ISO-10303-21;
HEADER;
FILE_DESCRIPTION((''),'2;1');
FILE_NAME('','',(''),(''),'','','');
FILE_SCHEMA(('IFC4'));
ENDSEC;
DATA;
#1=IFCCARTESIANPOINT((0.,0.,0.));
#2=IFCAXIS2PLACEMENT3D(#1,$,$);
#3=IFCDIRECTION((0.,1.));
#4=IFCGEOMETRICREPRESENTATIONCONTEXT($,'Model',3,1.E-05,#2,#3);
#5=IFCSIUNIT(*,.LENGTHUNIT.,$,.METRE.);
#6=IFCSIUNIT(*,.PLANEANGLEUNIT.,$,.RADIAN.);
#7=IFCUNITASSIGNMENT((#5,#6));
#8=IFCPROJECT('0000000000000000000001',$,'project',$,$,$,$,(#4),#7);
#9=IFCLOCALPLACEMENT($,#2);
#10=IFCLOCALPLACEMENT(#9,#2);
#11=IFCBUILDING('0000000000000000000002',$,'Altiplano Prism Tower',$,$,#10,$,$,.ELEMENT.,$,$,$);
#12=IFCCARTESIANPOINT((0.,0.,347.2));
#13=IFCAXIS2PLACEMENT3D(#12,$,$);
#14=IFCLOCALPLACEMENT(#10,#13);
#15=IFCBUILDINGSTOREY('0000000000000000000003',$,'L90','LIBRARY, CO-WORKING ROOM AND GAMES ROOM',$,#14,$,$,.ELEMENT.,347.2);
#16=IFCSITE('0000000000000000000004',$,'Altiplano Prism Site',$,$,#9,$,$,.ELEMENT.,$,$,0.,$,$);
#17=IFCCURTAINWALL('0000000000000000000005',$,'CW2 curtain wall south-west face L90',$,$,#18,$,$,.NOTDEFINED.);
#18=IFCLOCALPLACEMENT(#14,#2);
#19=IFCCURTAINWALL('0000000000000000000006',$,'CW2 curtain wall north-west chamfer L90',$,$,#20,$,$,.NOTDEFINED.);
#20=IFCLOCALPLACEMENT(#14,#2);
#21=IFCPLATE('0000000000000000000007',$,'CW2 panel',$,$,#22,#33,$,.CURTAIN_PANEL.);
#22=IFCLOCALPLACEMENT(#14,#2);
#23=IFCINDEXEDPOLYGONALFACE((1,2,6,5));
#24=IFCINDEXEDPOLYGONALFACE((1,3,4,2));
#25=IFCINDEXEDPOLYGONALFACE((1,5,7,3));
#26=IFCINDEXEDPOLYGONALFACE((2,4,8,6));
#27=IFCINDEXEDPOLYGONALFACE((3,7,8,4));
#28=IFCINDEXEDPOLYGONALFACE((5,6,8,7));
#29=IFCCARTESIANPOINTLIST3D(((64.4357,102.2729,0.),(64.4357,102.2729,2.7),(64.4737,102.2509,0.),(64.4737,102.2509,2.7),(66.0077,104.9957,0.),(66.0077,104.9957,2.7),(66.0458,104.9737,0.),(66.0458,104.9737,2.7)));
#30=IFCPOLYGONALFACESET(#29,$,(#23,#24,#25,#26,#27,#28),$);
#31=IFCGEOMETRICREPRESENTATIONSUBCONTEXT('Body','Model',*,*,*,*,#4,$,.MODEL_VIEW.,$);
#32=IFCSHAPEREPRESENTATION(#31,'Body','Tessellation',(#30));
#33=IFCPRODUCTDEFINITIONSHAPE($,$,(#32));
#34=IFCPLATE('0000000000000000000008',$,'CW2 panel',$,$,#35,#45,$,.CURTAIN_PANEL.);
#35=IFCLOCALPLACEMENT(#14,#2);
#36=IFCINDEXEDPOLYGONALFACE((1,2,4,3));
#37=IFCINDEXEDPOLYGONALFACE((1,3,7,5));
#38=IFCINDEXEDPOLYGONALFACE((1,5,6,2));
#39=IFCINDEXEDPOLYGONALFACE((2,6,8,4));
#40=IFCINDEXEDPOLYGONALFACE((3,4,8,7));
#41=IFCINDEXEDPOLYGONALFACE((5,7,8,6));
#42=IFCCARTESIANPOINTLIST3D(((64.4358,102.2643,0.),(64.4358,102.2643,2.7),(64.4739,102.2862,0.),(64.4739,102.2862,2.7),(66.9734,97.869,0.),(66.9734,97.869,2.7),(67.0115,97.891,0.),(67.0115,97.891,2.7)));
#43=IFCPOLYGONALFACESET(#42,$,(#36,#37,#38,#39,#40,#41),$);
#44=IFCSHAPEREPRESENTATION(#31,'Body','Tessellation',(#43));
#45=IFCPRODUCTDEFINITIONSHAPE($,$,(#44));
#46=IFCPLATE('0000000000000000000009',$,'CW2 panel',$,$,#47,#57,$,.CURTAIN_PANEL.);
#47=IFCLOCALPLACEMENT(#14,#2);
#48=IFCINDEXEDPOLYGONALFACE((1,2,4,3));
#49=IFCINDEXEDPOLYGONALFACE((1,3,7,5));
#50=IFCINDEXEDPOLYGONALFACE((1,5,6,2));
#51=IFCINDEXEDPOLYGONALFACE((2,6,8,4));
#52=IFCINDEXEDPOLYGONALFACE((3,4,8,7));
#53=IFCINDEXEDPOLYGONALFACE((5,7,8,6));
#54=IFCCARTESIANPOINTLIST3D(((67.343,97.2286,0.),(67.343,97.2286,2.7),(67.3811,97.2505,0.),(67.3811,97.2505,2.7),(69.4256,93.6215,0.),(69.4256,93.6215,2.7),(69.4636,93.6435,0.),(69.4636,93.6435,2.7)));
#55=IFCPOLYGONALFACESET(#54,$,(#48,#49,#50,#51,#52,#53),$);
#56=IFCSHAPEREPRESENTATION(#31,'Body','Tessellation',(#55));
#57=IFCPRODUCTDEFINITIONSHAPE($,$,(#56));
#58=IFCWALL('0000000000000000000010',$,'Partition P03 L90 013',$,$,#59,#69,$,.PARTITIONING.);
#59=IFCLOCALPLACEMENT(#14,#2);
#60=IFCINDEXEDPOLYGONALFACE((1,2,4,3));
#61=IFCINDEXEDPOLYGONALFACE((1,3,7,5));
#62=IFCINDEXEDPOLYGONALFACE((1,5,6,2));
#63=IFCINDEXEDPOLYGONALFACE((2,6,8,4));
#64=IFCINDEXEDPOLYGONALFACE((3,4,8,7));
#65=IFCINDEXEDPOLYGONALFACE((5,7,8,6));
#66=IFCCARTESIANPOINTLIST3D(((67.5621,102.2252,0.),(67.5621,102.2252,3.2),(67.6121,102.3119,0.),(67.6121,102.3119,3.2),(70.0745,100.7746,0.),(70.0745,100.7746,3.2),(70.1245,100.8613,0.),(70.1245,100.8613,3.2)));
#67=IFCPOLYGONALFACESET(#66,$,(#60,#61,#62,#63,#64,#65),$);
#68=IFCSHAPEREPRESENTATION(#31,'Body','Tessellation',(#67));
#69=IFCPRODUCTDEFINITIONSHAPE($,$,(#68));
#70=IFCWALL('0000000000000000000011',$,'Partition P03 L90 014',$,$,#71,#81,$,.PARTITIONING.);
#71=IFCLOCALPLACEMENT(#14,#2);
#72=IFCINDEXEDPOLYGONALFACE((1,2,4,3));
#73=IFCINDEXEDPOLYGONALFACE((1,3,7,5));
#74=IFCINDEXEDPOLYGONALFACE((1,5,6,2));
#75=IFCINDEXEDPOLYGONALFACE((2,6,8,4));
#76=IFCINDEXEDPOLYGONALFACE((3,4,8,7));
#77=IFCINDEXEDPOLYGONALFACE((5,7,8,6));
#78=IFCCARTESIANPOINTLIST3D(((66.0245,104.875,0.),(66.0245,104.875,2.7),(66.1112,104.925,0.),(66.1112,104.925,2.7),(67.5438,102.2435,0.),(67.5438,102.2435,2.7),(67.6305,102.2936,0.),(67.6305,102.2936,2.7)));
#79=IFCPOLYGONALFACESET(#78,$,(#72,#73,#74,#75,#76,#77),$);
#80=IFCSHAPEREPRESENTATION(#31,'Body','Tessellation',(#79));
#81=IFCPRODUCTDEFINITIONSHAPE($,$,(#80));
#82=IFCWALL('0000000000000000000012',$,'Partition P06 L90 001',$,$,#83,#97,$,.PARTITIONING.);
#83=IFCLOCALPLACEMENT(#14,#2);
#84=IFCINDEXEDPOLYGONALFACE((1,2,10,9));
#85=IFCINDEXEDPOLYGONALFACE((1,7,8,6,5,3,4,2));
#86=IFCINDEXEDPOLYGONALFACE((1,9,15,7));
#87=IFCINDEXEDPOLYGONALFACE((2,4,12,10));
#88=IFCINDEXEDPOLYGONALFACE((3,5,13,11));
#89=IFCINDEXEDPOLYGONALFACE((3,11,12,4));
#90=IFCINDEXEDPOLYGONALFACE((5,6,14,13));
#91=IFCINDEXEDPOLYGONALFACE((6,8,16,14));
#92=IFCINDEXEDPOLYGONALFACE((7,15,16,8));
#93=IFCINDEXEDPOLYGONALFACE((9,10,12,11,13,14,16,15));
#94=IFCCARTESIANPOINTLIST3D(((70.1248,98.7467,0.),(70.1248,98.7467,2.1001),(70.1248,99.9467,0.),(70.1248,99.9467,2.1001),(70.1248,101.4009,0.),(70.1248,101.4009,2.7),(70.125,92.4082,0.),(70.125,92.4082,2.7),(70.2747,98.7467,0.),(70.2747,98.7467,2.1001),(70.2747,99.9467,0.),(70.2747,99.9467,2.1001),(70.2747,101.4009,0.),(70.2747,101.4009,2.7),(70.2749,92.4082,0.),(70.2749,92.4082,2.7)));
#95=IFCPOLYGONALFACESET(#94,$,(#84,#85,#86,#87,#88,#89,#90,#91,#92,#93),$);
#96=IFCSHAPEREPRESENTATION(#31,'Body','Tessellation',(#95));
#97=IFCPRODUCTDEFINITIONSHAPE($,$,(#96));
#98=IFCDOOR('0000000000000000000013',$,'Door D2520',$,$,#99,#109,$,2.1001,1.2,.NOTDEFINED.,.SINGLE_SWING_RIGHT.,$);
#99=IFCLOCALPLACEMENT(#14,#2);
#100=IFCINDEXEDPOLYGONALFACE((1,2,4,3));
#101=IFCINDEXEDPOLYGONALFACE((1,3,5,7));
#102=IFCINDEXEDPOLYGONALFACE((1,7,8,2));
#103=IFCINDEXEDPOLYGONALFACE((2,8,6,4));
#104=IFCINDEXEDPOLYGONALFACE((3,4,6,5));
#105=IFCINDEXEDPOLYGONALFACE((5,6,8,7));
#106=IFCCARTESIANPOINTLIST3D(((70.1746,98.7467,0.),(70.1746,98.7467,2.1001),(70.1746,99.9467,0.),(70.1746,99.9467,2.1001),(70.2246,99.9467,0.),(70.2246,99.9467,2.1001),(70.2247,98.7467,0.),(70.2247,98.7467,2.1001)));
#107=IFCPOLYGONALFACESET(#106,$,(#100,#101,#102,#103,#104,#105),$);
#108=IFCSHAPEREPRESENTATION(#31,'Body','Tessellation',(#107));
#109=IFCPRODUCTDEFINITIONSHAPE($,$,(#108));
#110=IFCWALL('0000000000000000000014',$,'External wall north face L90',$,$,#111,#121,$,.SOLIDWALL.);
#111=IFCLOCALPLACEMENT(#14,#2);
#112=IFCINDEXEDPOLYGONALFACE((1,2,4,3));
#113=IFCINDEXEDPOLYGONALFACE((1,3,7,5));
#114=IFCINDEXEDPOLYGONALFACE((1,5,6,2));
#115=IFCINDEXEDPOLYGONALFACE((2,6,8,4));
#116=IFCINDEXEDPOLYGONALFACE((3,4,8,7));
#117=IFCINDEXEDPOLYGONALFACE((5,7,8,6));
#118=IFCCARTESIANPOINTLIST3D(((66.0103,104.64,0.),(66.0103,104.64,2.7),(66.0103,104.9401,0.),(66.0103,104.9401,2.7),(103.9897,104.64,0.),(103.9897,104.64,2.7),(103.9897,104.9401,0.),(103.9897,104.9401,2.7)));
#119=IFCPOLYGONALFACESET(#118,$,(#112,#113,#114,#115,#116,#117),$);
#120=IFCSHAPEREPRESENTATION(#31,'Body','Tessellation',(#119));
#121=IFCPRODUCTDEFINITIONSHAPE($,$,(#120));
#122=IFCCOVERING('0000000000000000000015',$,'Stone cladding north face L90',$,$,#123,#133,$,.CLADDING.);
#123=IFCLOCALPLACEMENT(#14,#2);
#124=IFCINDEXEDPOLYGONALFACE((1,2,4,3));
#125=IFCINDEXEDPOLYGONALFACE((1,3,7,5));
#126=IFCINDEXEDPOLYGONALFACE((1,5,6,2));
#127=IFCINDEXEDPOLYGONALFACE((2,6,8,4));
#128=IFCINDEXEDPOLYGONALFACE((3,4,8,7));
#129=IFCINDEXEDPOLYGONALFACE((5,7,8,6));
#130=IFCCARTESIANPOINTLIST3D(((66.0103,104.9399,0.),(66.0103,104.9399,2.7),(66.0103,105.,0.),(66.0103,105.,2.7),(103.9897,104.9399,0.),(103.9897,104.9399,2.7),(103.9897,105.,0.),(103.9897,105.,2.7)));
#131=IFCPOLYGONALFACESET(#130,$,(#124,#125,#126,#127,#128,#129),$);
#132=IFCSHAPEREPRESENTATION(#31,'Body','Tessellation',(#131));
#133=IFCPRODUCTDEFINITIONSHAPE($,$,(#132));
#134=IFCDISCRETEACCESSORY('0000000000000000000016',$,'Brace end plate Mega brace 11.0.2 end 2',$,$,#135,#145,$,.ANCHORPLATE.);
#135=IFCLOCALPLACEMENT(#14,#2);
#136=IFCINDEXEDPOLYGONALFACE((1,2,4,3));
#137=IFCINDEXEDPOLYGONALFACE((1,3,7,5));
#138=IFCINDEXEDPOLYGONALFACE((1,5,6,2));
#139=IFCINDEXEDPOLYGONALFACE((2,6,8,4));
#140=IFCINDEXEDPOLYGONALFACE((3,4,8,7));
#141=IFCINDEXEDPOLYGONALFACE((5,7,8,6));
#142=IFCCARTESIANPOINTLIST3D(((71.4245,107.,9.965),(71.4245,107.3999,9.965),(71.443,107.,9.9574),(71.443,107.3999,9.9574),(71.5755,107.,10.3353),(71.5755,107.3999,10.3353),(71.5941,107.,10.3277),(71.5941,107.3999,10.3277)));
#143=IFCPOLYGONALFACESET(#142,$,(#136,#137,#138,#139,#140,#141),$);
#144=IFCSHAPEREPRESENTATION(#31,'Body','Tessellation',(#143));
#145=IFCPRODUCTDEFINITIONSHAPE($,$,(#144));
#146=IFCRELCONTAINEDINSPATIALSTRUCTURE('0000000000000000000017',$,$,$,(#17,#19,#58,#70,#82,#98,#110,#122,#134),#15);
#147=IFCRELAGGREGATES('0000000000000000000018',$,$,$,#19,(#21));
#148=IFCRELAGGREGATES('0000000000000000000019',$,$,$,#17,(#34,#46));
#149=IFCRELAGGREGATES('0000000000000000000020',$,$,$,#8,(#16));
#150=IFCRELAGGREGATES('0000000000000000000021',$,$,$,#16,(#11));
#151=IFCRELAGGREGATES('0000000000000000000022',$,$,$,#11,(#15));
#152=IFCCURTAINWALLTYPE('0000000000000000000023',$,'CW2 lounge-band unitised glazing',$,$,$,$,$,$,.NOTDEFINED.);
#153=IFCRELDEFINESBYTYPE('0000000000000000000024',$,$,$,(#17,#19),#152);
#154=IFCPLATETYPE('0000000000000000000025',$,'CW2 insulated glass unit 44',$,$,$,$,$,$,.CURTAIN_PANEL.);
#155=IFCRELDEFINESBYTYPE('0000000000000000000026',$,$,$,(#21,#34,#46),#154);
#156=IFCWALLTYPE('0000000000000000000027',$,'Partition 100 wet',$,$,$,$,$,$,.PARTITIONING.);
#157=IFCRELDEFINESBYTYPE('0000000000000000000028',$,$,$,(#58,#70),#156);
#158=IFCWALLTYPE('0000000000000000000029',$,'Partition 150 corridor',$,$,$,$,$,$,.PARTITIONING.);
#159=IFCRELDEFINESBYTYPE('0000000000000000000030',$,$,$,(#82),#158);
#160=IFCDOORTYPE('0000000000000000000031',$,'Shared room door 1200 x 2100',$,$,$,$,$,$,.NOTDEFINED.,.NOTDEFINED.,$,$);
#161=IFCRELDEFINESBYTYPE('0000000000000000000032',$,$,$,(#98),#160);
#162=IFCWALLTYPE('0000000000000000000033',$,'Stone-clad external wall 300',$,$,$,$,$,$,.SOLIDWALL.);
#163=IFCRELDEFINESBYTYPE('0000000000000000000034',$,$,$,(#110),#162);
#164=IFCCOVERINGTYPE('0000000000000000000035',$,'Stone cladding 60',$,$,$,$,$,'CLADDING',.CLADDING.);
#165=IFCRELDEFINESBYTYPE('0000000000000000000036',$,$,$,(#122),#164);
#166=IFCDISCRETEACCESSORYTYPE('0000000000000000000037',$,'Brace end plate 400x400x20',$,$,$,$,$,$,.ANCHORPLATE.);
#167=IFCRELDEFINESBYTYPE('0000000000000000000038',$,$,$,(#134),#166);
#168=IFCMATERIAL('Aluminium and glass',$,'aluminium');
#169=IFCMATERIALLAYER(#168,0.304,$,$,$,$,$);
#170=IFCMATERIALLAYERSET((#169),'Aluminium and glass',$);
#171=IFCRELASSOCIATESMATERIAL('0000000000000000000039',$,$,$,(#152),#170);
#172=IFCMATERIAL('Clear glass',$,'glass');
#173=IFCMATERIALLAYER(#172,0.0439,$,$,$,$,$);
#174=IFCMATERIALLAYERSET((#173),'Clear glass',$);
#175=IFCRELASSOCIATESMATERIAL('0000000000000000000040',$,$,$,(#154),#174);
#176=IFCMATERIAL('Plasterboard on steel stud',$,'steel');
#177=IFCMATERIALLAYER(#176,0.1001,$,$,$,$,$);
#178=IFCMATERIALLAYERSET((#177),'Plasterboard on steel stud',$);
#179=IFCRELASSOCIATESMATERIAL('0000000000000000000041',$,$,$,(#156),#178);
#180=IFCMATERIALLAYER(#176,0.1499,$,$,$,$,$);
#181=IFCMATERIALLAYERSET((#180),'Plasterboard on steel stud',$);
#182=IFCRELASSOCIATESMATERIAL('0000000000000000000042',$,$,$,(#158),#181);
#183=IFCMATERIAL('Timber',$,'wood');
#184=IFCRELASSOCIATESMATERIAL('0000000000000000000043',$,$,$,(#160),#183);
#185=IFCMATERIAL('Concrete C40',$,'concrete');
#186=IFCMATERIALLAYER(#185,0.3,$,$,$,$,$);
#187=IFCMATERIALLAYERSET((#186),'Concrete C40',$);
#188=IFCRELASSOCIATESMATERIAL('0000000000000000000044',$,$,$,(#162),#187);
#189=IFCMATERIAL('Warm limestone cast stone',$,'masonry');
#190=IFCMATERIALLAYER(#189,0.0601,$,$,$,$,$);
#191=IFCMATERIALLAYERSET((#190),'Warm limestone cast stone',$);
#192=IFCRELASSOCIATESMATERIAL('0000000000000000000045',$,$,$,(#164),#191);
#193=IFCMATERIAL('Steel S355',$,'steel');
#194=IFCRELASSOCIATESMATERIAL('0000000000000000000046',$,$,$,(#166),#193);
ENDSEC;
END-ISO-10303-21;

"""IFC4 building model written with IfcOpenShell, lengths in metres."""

from ifc_helpers import new_model, si_unit, direction, frame, frame_2d, origin, origin_2d, place, context, subcontext, project, spatial, rectangle, extrude, material, layer, layer_set, material_profile, profile_set, type_object, element, fill, aggregate, save


model = new_model("IFC4")

# Units and contexts
model_context = context("Model", 3, precision=1e-05, world=origin(), true_north=direction((0.0, 1.0)))
body_context = subcontext(model_context, "Body", "Model", "MODEL_VIEW")
ifc_project = project(units=[si_unit("LENGTHUNIT", "METRE"), si_unit("PLANEANGLEUNIT", "RADIAN")], contexts=[model_context])

# Site, building, storey
site_placement = place(None, origin())
site = spatial("IfcSite", under=ifc_project, at=site_placement, Name="Altiplano Prism Site", CompositionType="ELEMENT", RefElevation=0.0)
building_placement = place(site_placement, origin())
building = spatial("IfcBuilding", under=site, at=building_placement, Name="Altiplano Prism Tower", CompositionType="ELEMENT")
storey_placement = place(building_placement, frame((0.0, 0.0, 347.2)))
storey = spatial("IfcBuildingStorey", under=building, at=storey_placement, Name="L90", Description="LIBRARY, CO-WORKING ROOM AND GAMES ROOM", CompositionType="ELEMENT", Elevation=347.2)

# Curtain walls
ifc_material_1 = material(Name="Aluminium and glass", Category="aluminium")
ifc_layer_1 = layer(ifc_material_1, 0.304)
ifc_layer_set_1 = layer_set([ifc_layer_1], Name="Aluminium and glass")
curtain_wall_type = type_object("IfcCurtainWallType", Name="CW2 lounge-band unitised glazing", PredefinedType="NOTDEFINED", material=ifc_layer_set_1)
curtain_wall_1_placement = place(storey_placement, origin())
curtain_wall_1 = element("IfcCurtainWall", 1, at=curtain_wall_1_placement, inside=storey, type_object=curtain_wall_type, Name="CW2 curtain wall south-west face L90", PredefinedType="NOTDEFINED")
curtain_wall_2_placement = place(storey_placement, origin())
curtain_wall_2 = element("IfcCurtainWall", 2, at=curtain_wall_2_placement, inside=storey, type_object=curtain_wall_type, Name="CW2 curtain wall north-west chamfer L90", PredefinedType="NOTDEFINED")

# Shared definitions
ifc_material_2 = material(Name="Steel S355", Category="steel")

# Plates
ifc_material_3 = material(Name="Clear glass", Category="glass")
ifc_layer_2 = layer(ifc_material_3, 0.0439)
ifc_layer_set_2 = layer_set([ifc_layer_2], Name="Clear glass")
plate_type = type_object("IfcPlateType", Name="CW2 insulated glass unit 44", PredefinedType="CURTAIN_PANEL", material=ifc_layer_set_2)
plate_1_placement = place(storey_placement, frame((65.2407, 103.6233, 0.0), z_axis=(0.0, 0.0, 1.0), x_axis=(-0.5, -0.866025, 0.0)))
plate_1 = element("IfcPlate", 3, at=plate_1_placement, type_object=plate_type, Name="CW2 panel", PredefinedType="CURTAIN_PANEL", context=body_context, shape_type="SweptSolid", body=[
    extrude(rectangle(XDim=3.144, YDim=0.0439, at=origin_2d()), origin(), (0.0, 0.0, 1.0), 2.7),
])
aggregate(curtain_wall_2, [plate_1])
plate_2_placement = place(storey_placement, frame((65.7236, 100.0776, 0.0), z_axis=(0.0, 0.0, 1.0), x_axis=(0.5, -0.866025, 0.0)))
plate_2 = element("IfcPlate", 4, at=plate_2_placement, type_object=plate_type, Name="CW2 panel", PredefinedType="CURTAIN_PANEL", context=body_context, shape_type="SweptSolid", body=[
    extrude(rectangle(XDim=5.0752, YDim=0.0439, at=origin_2d()), origin(), (0.0, 0.0, 1.0), 2.7),
])
plate_3_placement = place(storey_placement, frame((68.4033, 95.436, 0.0), z_axis=(0.0, 0.0, 1.0), x_axis=(0.5, -0.866025, 0.0)))
plate_3 = element("IfcPlate", 5, at=plate_3_placement, type_object=plate_type, Name="CW2 panel", PredefinedType="CURTAIN_PANEL", context=body_context, shape_type="SweptSolid", body=[
    extrude(rectangle(XDim=4.165, YDim=0.0439, at=origin_2d()), origin(), (0.0, 0.0, 1.0), 2.7),
])
aggregate(curtain_wall_1, [plate_2, plate_3])

# Walls
ifc_material_4 = material(Name="Plasterboard on steel stud", Category="steel")
ifc_layer_3 = layer(ifc_material_4, 0.1001)
ifc_layer_set_3 = layer_set([ifc_layer_3], Name="Plasterboard on steel stud")
wall_type_1 = type_object("IfcWallType", Name="Partition 100 wet", PredefinedType="PARTITIONING", material=ifc_layer_set_3)
wall_1_placement = place(storey_placement, frame((70.0996, 100.8179, 0.0), z_axis=(0.0, 0.0, 1.0), x_axis=(-0.866008, 0.500031, 0.0)))
element("IfcWall", 6, at=wall_1_placement, inside=storey, type_object=wall_type_1, Name="Partition P03 L90 013", PredefinedType="PARTITIONING", context=body_context, shape_type="SweptSolid", body=[
    extrude(rectangle(XDim=2.9011, YDim=0.1001, at=frame_2d((1.4507, 0.0))), origin(), (0.0, 0.0, 1.0), 3.2),
])
wall_2_placement = place(storey_placement, frame((67.5872, 102.2686, 0.0), z_axis=(0.0, 0.0, 1.0), x_axis=(-0.500019, 0.866014, 0.0)))
element("IfcWall", 7, at=wall_2_placement, inside=storey, type_object=wall_type_1, Name="Partition P03 L90 014", PredefinedType="PARTITIONING", context=body_context, shape_type="SweptSolid", body=[
    extrude(rectangle(XDim=3.0386, YDim=0.1001, at=frame_2d((1.5193, 0.0))), origin(), (0.0, 0.0, 1.0), 2.7),
])

# Wall, opening, door
ifc_layer_4 = layer(ifc_material_4, 0.1499)
ifc_layer_set_4 = layer_set([ifc_layer_4], Name="Plasterboard on steel stud")
wall_type_2 = type_object("IfcWallType", Name="Partition 150 corridor", PredefinedType="PARTITIONING", material=ifc_layer_set_4)
wall_3_placement = place(storey_placement, frame((70.1997, 101.4009, 0.0), z_axis=(0.0, 0.0, 1.0), x_axis=(0.000027, -1.0, 0.0)))
wall_3 = element("IfcWall", 8, at=wall_3_placement, inside=storey, type_object=wall_type_2, Name="Partition P06 L90 001", PredefinedType="PARTITIONING", context=body_context, shape_type="SweptSolid", body=[
    extrude(rectangle(XDim=8.9927, YDim=0.1499, at=frame_2d((4.4963, 0.0))), origin(), (0.0, 0.0, 1.0), 2.7),
])
opening_placement = place(wall_3_placement, frame((1.4541, 0.0, 0.0)))
opening = element("IfcOpeningElement", 9, at=opening_placement, cuts=wall_3, PredefinedType="OPENING", context=body_context, shape_type="SweptSolid", body=[
    extrude(rectangle(XDim=1.2, YDim=2.1001, at=frame_2d((0.6001, 1.05))), frame((0.0, 0.0854, 0.0), z_axis=(0.0, -1.0, 0.0), x_axis=(1.0, 0.0, 0.0)), (0.0, 0.0, 1.0), 0.1709),
])
ifc_material_5 = material(Name="Timber", Category="wood")
door_type = type_object("IfcDoorType", Name="Shared room door 1200 x 2100", OperationType="NOTDEFINED", PredefinedType="NOTDEFINED", material=ifc_material_5)
door_placement = place(opening_placement, origin())
door = element("IfcDoor", 10, at=door_placement, inside=storey, type_object=door_type, Name="Door D2520", OperationType="SINGLE_SWING_RIGHT", OverallHeight=2.1001, OverallWidth=1.2, PredefinedType="NOTDEFINED", context=body_context, shape_type="SweptSolid", body=[
    extrude(rectangle(XDim=1.2, YDim=2.1001, at=frame_2d((0.6001, 1.05))), frame((0.0, 0.0249, 0.0), z_axis=(0.0, -1.0, 0.0), x_axis=(1.0, 0.0, 0.0)), (0.0, 0.0, 1.0), 0.05),
])
fill(opening, door)

# Wall
ifc_material_6 = material(Name="Concrete C40", Category="concrete")
ifc_layer_5 = layer(ifc_material_6, 0.3)
ifc_layer_set_5 = layer_set([ifc_layer_5], Name="Concrete C40")
wall_type_3 = type_object("IfcWallType", Name="Stone-clad external wall 300", PredefinedType="SOLIDWALL", material=ifc_layer_set_5)
wall_4_placement = place(storey_placement, frame((66.0103, 104.79, 0.0), z_axis=(0.0, 0.0, 1.0), x_axis=(1.0, 0.0, 0.0)))
element("IfcWall", 11, at=wall_4_placement, inside=storey, type_object=wall_type_3, Name="External wall north face L90", PredefinedType="SOLIDWALL", context=body_context, shape_type="SweptSolid", body=[
    extrude(rectangle(XDim=37.9795, YDim=0.3, at=frame_2d((18.9897, 0.0))), origin(), (0.0, 0.0, 1.0), 2.7),
])

# Covering
ifc_material_7 = material(Name="Warm limestone cast stone", Category="masonry")
ifc_layer_6 = layer(ifc_material_7, 0.0601)
ifc_layer_set_6 = layer_set([ifc_layer_6], Name="Warm limestone cast stone")
covering_type = type_object("IfcCoveringType", Name="Stone cladding 60", ElementType="CLADDING", PredefinedType="CLADDING", material=ifc_layer_set_6)
covering_placement = place(storey_placement, frame((66.0103, 104.97, 0.0), z_axis=(0.0, 0.0, 1.0), x_axis=(1.0, 0.0, 0.0)))
element("IfcCovering", 12, at=covering_placement, inside=storey, type_object=covering_type, Name="Stone cladding north face L90", PredefinedType="CLADDING", context=body_context, shape_type="SweptSolid", body=[
    extrude(rectangle(XDim=37.9795, YDim=0.0601, at=frame_2d((18.9897, 0.0))), origin(), (0.0, 0.0, 1.0), 2.7),
])

# Discrete accessory
ifc_material_profile_1 = material_profile(ifc_material_2, rectangle(XDim=0.3999, YDim=0.3999, at=origin_2d()), Name="Brace end plate 400x400x20")
ifc_profile_set_1 = profile_set([ifc_material_profile_1], Name="Steel S355")
discrete_accessory_type = type_object("IfcDiscreteAccessoryType", Name="Brace end plate 400x400x20", PredefinedType="ANCHORPLATE", material=ifc_profile_set_1)
discrete_accessory_placement = place(storey_placement, frame((71.5, 107.2, 10.1501), z_axis=(0.925935, 0.0, -0.377684), x_axis=(0.0, 1.0, 0.0)))
element("IfcDiscreteAccessory", 13, at=discrete_accessory_placement, inside=storey, type_object=discrete_accessory_type, Name="Brace end plate Mega brace 11.0.2 end 2", PredefinedType="ANCHORPLATE", context=body_context, shape_type="SweptSolid", body=[
    extrude(rectangle(XDim=0.3999, YDim=0.3999, at=origin_2d()), origin(), (0.0, 0.0, 1.0), 0.02),
])

save(model, "model.ifc")
